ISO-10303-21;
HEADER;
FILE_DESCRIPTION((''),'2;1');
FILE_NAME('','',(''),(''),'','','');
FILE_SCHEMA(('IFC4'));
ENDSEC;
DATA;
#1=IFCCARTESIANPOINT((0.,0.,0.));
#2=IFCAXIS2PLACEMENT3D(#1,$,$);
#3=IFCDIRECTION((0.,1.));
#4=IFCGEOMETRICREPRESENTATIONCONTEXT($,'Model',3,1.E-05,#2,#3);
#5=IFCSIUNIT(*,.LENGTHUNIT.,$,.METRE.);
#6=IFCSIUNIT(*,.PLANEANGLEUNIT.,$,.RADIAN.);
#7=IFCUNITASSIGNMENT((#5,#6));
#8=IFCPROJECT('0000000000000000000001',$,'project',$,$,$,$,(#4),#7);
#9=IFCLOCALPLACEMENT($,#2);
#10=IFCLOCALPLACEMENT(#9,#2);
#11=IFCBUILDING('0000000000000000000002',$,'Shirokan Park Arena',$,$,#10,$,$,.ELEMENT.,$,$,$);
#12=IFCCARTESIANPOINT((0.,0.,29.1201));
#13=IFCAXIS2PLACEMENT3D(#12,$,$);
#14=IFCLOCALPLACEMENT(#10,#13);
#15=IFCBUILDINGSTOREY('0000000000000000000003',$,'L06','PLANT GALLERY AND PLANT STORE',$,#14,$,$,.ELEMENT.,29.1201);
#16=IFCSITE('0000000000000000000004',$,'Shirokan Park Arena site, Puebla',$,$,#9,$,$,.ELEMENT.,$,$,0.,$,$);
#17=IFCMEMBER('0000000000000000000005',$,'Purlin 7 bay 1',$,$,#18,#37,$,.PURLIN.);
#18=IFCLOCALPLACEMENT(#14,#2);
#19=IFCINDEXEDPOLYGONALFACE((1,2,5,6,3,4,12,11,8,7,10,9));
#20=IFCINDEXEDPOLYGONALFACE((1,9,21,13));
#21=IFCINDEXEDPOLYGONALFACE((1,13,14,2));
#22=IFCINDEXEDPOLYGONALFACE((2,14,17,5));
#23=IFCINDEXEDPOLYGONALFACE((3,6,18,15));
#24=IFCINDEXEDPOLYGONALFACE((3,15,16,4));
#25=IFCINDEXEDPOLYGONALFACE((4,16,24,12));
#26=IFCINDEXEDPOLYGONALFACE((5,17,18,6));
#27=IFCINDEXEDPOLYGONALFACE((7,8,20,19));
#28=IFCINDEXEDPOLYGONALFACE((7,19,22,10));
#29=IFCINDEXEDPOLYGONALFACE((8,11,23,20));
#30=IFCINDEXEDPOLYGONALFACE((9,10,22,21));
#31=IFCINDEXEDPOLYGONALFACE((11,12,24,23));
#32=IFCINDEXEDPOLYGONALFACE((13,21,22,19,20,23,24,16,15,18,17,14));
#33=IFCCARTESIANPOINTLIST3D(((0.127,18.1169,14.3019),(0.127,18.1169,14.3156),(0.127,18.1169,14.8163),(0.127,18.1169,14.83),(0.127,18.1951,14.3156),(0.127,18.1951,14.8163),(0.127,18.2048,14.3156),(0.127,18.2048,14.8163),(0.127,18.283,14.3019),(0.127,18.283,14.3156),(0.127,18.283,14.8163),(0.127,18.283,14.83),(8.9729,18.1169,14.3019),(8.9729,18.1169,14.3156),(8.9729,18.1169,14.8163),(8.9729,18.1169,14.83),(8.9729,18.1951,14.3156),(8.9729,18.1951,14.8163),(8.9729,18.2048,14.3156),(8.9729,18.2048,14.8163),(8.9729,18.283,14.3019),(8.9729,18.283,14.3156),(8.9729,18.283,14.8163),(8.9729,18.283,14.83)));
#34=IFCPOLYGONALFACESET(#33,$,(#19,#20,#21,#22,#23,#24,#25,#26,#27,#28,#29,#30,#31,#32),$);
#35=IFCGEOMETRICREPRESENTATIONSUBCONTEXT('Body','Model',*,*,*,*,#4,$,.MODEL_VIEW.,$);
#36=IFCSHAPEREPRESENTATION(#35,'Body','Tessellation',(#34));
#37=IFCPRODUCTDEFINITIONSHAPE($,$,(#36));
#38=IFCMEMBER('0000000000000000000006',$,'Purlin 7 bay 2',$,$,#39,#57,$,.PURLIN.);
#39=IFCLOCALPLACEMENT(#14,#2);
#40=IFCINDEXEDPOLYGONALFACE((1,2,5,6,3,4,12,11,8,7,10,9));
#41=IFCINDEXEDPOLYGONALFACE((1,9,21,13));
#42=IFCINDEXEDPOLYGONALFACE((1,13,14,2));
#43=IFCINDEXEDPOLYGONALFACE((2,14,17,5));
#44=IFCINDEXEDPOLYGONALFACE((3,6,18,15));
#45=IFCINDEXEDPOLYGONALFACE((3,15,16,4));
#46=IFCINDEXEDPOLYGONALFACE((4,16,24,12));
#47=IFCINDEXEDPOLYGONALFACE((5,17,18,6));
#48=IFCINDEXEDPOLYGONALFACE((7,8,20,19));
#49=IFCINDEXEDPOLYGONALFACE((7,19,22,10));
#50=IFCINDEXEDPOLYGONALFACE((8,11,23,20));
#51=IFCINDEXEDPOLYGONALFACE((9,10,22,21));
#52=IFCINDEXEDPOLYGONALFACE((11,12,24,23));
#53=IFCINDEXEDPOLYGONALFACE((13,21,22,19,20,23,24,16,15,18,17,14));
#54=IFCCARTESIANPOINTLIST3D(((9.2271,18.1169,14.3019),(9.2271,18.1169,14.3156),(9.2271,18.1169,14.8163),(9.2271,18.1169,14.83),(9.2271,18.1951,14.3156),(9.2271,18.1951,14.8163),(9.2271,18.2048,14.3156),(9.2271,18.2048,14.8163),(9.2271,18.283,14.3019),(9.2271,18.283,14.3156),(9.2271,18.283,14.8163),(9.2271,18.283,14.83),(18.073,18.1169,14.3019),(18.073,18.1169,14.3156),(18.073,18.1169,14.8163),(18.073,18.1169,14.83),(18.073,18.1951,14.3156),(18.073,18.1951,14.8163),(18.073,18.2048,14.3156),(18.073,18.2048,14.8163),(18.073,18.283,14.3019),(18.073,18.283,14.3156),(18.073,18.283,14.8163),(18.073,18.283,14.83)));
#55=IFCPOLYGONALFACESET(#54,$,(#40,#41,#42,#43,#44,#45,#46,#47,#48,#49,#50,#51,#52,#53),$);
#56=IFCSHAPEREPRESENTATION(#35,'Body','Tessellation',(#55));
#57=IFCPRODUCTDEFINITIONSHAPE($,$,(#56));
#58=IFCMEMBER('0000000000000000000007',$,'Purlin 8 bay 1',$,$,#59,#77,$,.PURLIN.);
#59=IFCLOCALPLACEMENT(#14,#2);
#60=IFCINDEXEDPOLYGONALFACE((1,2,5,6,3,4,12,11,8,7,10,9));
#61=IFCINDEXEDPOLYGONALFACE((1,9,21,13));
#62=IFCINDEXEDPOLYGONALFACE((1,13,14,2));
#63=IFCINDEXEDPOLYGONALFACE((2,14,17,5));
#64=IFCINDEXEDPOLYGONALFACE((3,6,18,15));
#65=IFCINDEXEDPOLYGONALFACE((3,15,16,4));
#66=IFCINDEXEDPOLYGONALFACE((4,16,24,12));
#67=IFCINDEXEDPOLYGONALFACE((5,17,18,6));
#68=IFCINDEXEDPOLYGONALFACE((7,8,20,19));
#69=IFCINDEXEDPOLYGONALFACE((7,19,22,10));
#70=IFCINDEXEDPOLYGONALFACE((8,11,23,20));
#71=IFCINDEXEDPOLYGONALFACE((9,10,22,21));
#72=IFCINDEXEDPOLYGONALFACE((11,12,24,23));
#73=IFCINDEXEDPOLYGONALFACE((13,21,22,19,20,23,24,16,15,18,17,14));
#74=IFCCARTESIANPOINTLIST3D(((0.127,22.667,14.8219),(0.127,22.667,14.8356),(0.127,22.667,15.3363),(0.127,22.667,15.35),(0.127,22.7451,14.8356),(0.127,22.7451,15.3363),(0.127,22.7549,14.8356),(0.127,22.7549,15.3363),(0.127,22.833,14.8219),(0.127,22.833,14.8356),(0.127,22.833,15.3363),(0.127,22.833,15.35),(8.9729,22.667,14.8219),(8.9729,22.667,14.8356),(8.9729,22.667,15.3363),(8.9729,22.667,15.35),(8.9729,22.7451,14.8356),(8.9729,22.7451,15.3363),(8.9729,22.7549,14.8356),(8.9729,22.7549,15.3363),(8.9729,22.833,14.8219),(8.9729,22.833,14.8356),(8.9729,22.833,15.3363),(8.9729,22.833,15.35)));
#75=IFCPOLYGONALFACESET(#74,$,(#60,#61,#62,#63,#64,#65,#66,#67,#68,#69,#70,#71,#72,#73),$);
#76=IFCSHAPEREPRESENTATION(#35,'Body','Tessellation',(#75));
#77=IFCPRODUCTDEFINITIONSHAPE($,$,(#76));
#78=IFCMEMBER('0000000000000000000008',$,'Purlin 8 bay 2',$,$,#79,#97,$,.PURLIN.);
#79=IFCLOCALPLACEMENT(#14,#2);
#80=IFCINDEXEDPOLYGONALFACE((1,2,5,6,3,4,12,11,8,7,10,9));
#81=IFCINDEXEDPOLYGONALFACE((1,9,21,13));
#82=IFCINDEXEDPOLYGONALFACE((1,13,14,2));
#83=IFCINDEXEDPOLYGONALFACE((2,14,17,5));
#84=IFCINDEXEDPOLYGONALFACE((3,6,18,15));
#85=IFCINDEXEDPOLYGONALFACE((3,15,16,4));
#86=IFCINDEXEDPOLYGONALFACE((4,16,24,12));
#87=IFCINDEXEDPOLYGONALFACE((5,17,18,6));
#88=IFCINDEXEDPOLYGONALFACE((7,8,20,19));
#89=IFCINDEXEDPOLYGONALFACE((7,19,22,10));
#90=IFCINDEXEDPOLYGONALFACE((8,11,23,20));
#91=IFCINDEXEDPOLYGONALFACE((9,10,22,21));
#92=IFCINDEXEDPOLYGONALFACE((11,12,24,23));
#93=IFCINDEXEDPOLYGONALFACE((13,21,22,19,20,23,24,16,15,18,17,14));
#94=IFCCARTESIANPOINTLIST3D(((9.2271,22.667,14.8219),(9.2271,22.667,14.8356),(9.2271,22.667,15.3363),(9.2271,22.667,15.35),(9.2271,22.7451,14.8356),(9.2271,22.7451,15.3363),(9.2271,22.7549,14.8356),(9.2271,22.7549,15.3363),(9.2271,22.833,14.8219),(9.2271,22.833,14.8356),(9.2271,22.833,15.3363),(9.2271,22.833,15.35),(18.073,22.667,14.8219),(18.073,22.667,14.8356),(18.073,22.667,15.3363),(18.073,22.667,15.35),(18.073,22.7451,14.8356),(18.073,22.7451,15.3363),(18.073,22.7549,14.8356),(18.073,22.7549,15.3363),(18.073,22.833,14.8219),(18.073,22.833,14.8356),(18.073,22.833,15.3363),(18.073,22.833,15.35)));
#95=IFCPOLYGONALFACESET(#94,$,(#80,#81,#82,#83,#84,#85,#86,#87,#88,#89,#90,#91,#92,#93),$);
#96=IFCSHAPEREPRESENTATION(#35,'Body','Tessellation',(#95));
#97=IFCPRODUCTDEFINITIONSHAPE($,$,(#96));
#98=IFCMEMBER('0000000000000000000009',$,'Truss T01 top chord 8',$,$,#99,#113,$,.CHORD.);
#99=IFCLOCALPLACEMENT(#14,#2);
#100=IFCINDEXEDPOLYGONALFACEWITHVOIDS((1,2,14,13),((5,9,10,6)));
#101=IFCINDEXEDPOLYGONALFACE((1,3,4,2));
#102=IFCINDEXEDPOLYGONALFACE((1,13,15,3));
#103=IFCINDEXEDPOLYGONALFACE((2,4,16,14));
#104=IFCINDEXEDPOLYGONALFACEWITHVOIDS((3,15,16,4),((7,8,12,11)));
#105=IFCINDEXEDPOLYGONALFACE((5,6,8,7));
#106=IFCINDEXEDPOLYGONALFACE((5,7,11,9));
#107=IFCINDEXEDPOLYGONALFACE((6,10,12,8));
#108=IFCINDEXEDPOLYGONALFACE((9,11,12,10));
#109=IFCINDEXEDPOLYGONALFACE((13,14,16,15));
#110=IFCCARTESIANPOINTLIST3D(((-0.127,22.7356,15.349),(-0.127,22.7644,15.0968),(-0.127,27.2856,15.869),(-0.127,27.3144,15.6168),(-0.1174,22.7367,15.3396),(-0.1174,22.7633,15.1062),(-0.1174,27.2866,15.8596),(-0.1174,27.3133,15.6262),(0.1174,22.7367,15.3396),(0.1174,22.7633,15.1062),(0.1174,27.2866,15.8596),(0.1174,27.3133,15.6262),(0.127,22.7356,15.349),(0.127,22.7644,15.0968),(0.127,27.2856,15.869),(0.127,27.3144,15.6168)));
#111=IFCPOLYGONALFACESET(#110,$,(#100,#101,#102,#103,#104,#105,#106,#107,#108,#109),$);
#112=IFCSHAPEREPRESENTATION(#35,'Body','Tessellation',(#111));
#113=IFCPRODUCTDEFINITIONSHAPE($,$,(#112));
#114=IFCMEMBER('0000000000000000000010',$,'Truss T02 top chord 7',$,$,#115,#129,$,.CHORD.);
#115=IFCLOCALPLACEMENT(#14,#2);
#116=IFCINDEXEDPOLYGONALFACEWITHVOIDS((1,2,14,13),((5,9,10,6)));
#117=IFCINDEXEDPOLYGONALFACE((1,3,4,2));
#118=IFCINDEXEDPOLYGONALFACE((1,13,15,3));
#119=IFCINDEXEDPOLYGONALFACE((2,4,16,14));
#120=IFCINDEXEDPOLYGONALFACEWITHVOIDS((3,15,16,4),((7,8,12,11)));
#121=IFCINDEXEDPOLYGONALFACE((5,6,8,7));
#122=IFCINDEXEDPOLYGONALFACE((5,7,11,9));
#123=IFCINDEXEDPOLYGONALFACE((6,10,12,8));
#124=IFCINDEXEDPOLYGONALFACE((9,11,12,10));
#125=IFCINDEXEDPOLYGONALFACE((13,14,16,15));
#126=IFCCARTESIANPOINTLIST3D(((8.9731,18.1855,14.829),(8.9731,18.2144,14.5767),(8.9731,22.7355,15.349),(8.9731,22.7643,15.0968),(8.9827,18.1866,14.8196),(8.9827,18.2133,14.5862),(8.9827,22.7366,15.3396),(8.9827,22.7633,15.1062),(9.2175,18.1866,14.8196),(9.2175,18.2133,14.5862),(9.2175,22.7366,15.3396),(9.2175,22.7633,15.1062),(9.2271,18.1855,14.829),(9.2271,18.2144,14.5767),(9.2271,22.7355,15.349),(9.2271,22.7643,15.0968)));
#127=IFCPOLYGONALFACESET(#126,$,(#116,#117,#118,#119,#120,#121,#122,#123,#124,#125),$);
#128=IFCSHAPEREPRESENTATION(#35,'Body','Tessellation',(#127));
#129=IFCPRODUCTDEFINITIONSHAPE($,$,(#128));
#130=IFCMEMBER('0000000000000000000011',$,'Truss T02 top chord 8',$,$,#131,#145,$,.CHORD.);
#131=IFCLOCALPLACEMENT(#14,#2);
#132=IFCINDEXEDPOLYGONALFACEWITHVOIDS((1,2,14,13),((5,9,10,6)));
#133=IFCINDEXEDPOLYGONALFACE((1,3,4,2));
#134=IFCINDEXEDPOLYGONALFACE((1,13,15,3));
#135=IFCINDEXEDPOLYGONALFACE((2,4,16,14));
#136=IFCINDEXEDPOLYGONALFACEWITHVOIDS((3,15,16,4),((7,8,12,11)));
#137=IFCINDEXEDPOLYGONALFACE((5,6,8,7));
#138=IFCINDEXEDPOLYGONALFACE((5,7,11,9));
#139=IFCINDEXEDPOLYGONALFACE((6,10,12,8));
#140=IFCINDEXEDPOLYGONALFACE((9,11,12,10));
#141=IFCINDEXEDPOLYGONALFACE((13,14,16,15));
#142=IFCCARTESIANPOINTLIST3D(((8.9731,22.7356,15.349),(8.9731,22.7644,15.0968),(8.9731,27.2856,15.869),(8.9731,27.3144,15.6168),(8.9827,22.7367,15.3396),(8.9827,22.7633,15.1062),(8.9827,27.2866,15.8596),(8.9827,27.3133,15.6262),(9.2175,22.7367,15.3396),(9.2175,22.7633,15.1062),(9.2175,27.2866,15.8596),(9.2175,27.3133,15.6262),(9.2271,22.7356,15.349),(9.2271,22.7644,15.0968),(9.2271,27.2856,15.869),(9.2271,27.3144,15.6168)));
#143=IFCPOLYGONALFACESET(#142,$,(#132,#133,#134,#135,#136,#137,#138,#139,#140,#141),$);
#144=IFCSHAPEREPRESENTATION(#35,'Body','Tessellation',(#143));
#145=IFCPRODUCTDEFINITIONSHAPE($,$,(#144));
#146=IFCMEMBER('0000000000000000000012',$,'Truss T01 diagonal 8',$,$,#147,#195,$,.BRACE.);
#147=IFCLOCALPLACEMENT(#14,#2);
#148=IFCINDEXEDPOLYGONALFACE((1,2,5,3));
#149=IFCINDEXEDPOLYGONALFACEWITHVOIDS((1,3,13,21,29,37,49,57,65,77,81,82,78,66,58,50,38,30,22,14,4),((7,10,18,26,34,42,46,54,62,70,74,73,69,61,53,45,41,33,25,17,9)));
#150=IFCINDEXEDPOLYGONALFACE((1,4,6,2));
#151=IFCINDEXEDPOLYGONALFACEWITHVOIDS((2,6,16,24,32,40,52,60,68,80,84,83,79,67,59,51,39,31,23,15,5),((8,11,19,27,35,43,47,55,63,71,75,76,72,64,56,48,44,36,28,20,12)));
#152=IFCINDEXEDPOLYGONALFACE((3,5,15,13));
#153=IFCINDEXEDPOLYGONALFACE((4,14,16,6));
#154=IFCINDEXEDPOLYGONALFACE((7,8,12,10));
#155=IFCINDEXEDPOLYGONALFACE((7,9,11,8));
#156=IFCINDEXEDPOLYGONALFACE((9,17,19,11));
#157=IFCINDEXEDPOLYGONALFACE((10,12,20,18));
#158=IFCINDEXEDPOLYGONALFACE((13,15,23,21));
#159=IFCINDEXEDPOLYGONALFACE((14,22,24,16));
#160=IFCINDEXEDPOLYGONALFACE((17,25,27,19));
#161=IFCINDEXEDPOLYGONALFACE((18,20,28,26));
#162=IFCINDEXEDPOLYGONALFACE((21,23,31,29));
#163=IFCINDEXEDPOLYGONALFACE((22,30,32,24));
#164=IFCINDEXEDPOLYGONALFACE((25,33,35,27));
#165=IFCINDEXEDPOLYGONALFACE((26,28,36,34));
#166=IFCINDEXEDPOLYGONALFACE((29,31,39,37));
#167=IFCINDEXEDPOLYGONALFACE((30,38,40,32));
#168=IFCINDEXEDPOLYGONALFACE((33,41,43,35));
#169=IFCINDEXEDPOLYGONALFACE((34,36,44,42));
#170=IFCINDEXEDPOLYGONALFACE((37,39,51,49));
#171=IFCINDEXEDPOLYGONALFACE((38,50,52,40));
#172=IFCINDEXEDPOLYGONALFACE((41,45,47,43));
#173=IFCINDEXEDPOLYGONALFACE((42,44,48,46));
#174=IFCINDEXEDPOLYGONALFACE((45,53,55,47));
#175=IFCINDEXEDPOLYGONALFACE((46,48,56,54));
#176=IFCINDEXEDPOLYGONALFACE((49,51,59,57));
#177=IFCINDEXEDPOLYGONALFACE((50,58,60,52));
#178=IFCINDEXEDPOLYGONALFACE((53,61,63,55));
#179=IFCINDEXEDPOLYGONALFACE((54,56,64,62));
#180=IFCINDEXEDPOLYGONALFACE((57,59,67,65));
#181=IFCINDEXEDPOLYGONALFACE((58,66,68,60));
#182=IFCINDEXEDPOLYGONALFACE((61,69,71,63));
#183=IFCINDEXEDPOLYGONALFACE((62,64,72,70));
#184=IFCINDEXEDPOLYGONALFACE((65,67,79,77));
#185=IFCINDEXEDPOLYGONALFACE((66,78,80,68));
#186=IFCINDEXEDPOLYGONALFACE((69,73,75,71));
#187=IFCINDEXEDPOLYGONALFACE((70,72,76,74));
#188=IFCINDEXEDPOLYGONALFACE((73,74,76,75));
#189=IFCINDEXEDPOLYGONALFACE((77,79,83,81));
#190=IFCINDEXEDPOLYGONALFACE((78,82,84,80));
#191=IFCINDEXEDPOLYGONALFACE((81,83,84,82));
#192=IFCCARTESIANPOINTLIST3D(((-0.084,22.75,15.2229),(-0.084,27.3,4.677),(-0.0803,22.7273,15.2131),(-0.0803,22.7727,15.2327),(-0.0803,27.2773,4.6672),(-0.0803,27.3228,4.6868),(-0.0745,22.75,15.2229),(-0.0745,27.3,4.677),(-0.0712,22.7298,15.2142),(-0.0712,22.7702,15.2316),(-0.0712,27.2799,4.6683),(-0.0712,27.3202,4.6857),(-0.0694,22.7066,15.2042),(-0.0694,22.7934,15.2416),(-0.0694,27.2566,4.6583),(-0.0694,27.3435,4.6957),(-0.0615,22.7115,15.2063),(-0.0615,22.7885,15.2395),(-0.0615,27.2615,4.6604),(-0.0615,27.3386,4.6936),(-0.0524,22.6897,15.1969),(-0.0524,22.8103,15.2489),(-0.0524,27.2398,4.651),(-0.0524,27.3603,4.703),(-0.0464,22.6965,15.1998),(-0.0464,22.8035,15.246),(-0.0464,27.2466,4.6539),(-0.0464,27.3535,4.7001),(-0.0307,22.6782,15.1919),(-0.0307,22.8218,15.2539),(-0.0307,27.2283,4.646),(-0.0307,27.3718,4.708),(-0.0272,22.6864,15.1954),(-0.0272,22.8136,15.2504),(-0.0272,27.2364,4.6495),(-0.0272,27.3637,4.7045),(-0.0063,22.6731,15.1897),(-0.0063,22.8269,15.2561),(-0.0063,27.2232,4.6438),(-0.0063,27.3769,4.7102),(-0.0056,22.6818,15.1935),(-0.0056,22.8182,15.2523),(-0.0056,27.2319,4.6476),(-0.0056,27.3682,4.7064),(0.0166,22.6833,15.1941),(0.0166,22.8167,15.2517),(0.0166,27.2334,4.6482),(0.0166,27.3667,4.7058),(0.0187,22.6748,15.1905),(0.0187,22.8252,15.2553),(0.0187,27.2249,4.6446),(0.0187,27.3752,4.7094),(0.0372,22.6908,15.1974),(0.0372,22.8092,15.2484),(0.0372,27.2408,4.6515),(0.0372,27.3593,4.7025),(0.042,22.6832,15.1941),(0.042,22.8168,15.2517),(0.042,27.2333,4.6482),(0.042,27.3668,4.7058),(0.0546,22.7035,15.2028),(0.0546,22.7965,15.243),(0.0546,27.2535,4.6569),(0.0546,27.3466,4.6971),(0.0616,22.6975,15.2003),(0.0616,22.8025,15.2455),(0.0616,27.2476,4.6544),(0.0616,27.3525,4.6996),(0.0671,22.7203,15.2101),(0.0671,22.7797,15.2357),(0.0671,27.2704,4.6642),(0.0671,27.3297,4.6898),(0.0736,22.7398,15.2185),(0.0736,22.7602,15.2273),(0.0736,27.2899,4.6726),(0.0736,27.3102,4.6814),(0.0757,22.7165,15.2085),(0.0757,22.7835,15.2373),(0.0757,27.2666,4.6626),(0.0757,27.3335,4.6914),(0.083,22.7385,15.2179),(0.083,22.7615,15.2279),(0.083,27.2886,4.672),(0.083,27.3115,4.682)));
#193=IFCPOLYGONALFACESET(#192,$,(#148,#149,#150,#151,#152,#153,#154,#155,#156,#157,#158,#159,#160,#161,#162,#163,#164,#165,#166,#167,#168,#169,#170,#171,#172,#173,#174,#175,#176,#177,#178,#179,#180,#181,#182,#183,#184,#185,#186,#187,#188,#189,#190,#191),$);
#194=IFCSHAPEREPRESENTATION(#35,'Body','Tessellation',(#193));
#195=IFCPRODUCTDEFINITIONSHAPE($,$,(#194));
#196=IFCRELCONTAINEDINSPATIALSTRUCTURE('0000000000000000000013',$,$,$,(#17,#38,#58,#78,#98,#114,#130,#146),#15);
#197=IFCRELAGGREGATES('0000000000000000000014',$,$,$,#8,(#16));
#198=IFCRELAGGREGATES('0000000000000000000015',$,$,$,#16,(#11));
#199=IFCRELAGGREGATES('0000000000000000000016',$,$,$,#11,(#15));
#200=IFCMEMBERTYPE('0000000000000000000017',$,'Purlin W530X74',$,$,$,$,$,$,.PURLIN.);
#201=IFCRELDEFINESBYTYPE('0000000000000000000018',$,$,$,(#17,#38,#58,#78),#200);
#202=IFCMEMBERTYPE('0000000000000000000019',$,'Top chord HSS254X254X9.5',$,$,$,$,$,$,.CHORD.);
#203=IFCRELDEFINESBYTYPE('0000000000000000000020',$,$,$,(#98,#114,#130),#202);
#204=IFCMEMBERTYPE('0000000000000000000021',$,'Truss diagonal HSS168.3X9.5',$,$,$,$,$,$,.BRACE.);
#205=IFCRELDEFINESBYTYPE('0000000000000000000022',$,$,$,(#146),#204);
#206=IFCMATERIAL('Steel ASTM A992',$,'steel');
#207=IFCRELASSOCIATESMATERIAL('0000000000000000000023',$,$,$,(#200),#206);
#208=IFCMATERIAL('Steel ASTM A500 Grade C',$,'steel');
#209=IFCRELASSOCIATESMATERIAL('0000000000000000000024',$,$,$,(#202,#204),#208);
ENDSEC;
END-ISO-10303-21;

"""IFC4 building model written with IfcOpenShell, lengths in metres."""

from ifc_helpers import new_model, si_unit, direction, frame, origin, origin_2d, place, context, subcontext, project, spatial, hollow_rectangle, hollow_circle, i_section, extrude, material, material_profile, profile_set, type_object, element, save


model = new_model("IFC4")

# Units and contexts
model_context = context("Model", 3, precision=1e-05, world=origin(), true_north=direction((0.0, 1.0)))
body_context = subcontext(model_context, "Body", "Model", "MODEL_VIEW")
ifc_project = project(units=[si_unit("LENGTHUNIT", "METRE"), si_unit("PLANEANGLEUNIT", "RADIAN")], contexts=[model_context])

# Site, building, storey
site_placement = place(None, origin())
site = spatial("IfcSite", under=ifc_project, at=site_placement, Name="Shirokan Park Arena site, Puebla", CompositionType="ELEMENT", RefElevation=0.0)
building_placement = place(site_placement, origin())
building = spatial("IfcBuilding", under=site, at=building_placement, Name="Shirokan Park Arena", CompositionType="ELEMENT")
storey_placement = place(building_placement, frame((0.0, 0.0, 29.1201)))
storey = spatial("IfcBuildingStorey", under=building, at=storey_placement, Name="L06", Description="PLANT GALLERY AND PLANT STORE", CompositionType="ELEMENT", Elevation=29.1201)

# Members
ifc_material_1 = material(Name="Steel ASTM A500 Grade C", Category="steel")
ifc_material_2 = material(Name="Steel ASTM A992", Category="steel")
ifc_material_profile_1 = material_profile(ifc_material_2, i_section(OverallWidth=0.166, OverallDepth=0.5281, WebThickness=0.0098, FlangeThickness=0.0137, at=origin_2d()), Name="W530X74")
ifc_profile_set_1 = profile_set([ifc_material_profile_1], Name="Steel ASTM A992")
member_type_1 = type_object("IfcMemberType", Name="Purlin W530X74", PredefinedType="PURLIN", material=ifc_profile_set_1)
for number, where, z_axis, x_axis, name in (
    (1, (0.127, 18.2, 14.5659), (1.0, 0.0, 0.0), (0.0, 1.0, 0.0), "Purlin 7 bay 1"),
    (2, (9.2271, 18.2, 14.5659), (1.0, 0.0, 0.0), (0.0, 1.0, 0.0), "Purlin 7 bay 2"),
    (3, (0.127, 22.75, 15.0859), (1.0, 0.0, 0.0), (0.0, 1.0, 0.0), "Purlin 8 bay 1"),
    (4, (9.2271, 22.75, 15.0859), (1.0, 0.0, 0.0), (0.0, 1.0, 0.0), "Purlin 8 bay 2"),
):
    element("IfcMember", number, at=place(storey_placement, frame(where, z_axis=z_axis, x_axis=x_axis)), inside=storey, type_object=member_type_1, Name=name, PredefinedType="PURLIN", context=body_context, shape_type="SweptSolid", body=[
        extrude(i_section(OverallWidth=0.166, OverallDepth=0.5281, WebThickness=0.0098, FlangeThickness=0.0137, at=origin_2d()), origin(), (0.0, 0.0, 1.0), 8.8459),
    ])
ifc_material_profile_2 = material_profile(ifc_material_1, hollow_rectangle(XDim=0.2539, YDim=0.2539, WallThickness=0.0095, at=origin_2d()), Name="HSS254X254X9.5")
ifc_profile_set_2 = profile_set([ifc_material_profile_2], Name="Steel ASTM A500 Grade C")
member_type_2 = type_object("IfcMemberType", Name="Top chord HSS254X254X9.5", PredefinedType="CHORD", material=ifc_profile_set_2)
for number, where, z_axis, x_axis, name in (
    (5, (0.0, 22.75, 15.2229), (0.0, 0.993532, 0.11355), (-1.0, 0.0, 0.0), "Truss T01 top chord 8"),
    (6, (9.1001, 18.2, 14.7029), (0.0, 0.993532, 0.11355), (-1.0, 0.0, 0.0), "Truss T02 top chord 7"),
    (7, (9.1001, 22.75, 15.2229), (0.0, 0.993532, 0.11355), (-1.0, 0.0, 0.0), "Truss T02 top chord 8"),
):
    element("IfcMember", number, at=place(storey_placement, frame(where, z_axis=z_axis, x_axis=x_axis)), inside=storey, type_object=member_type_2, Name=name, PredefinedType="CHORD", context=body_context, shape_type="SweptSolid", body=[
        extrude(hollow_rectangle(XDim=0.2539, YDim=0.2539, WallThickness=0.0095, at=origin_2d()), origin(), (0.0, 0.0, 1.0), 4.5796),
    ])
ifc_material_profile_3 = material_profile(ifc_material_1, hollow_circle(Radius=0.084, WallThickness=0.0095, at=origin_2d()), Name="HSS168.3X9.5")
ifc_profile_set_3 = profile_set([ifc_material_profile_3], Name="Steel ASTM A500 Grade C")
member_type_3 = type_object("IfcMemberType", Name="Truss diagonal HSS168.3X9.5", PredefinedType="BRACE", material=ifc_profile_set_3)
for number, where, z_axis, x_axis, name in (
    (8, (0.0, 22.75, 15.2229), (0.0, 0.396153, -0.918185), (-1.0, 0.0, 0.0), "Truss T01 diagonal 8"),
):
    element("IfcMember", number, at=place(storey_placement, frame(where, z_axis=z_axis, x_axis=x_axis)), inside=storey, type_object=member_type_3, Name=name, PredefinedType="BRACE", context=body_context, shape_type="SweptSolid", body=[
        extrude(hollow_circle(Radius=0.084, WallThickness=0.0095, at=origin_2d()), origin(), (0.0, 0.0, 1.0), 11.4856),
    ])

save(model, "model.ifc")
